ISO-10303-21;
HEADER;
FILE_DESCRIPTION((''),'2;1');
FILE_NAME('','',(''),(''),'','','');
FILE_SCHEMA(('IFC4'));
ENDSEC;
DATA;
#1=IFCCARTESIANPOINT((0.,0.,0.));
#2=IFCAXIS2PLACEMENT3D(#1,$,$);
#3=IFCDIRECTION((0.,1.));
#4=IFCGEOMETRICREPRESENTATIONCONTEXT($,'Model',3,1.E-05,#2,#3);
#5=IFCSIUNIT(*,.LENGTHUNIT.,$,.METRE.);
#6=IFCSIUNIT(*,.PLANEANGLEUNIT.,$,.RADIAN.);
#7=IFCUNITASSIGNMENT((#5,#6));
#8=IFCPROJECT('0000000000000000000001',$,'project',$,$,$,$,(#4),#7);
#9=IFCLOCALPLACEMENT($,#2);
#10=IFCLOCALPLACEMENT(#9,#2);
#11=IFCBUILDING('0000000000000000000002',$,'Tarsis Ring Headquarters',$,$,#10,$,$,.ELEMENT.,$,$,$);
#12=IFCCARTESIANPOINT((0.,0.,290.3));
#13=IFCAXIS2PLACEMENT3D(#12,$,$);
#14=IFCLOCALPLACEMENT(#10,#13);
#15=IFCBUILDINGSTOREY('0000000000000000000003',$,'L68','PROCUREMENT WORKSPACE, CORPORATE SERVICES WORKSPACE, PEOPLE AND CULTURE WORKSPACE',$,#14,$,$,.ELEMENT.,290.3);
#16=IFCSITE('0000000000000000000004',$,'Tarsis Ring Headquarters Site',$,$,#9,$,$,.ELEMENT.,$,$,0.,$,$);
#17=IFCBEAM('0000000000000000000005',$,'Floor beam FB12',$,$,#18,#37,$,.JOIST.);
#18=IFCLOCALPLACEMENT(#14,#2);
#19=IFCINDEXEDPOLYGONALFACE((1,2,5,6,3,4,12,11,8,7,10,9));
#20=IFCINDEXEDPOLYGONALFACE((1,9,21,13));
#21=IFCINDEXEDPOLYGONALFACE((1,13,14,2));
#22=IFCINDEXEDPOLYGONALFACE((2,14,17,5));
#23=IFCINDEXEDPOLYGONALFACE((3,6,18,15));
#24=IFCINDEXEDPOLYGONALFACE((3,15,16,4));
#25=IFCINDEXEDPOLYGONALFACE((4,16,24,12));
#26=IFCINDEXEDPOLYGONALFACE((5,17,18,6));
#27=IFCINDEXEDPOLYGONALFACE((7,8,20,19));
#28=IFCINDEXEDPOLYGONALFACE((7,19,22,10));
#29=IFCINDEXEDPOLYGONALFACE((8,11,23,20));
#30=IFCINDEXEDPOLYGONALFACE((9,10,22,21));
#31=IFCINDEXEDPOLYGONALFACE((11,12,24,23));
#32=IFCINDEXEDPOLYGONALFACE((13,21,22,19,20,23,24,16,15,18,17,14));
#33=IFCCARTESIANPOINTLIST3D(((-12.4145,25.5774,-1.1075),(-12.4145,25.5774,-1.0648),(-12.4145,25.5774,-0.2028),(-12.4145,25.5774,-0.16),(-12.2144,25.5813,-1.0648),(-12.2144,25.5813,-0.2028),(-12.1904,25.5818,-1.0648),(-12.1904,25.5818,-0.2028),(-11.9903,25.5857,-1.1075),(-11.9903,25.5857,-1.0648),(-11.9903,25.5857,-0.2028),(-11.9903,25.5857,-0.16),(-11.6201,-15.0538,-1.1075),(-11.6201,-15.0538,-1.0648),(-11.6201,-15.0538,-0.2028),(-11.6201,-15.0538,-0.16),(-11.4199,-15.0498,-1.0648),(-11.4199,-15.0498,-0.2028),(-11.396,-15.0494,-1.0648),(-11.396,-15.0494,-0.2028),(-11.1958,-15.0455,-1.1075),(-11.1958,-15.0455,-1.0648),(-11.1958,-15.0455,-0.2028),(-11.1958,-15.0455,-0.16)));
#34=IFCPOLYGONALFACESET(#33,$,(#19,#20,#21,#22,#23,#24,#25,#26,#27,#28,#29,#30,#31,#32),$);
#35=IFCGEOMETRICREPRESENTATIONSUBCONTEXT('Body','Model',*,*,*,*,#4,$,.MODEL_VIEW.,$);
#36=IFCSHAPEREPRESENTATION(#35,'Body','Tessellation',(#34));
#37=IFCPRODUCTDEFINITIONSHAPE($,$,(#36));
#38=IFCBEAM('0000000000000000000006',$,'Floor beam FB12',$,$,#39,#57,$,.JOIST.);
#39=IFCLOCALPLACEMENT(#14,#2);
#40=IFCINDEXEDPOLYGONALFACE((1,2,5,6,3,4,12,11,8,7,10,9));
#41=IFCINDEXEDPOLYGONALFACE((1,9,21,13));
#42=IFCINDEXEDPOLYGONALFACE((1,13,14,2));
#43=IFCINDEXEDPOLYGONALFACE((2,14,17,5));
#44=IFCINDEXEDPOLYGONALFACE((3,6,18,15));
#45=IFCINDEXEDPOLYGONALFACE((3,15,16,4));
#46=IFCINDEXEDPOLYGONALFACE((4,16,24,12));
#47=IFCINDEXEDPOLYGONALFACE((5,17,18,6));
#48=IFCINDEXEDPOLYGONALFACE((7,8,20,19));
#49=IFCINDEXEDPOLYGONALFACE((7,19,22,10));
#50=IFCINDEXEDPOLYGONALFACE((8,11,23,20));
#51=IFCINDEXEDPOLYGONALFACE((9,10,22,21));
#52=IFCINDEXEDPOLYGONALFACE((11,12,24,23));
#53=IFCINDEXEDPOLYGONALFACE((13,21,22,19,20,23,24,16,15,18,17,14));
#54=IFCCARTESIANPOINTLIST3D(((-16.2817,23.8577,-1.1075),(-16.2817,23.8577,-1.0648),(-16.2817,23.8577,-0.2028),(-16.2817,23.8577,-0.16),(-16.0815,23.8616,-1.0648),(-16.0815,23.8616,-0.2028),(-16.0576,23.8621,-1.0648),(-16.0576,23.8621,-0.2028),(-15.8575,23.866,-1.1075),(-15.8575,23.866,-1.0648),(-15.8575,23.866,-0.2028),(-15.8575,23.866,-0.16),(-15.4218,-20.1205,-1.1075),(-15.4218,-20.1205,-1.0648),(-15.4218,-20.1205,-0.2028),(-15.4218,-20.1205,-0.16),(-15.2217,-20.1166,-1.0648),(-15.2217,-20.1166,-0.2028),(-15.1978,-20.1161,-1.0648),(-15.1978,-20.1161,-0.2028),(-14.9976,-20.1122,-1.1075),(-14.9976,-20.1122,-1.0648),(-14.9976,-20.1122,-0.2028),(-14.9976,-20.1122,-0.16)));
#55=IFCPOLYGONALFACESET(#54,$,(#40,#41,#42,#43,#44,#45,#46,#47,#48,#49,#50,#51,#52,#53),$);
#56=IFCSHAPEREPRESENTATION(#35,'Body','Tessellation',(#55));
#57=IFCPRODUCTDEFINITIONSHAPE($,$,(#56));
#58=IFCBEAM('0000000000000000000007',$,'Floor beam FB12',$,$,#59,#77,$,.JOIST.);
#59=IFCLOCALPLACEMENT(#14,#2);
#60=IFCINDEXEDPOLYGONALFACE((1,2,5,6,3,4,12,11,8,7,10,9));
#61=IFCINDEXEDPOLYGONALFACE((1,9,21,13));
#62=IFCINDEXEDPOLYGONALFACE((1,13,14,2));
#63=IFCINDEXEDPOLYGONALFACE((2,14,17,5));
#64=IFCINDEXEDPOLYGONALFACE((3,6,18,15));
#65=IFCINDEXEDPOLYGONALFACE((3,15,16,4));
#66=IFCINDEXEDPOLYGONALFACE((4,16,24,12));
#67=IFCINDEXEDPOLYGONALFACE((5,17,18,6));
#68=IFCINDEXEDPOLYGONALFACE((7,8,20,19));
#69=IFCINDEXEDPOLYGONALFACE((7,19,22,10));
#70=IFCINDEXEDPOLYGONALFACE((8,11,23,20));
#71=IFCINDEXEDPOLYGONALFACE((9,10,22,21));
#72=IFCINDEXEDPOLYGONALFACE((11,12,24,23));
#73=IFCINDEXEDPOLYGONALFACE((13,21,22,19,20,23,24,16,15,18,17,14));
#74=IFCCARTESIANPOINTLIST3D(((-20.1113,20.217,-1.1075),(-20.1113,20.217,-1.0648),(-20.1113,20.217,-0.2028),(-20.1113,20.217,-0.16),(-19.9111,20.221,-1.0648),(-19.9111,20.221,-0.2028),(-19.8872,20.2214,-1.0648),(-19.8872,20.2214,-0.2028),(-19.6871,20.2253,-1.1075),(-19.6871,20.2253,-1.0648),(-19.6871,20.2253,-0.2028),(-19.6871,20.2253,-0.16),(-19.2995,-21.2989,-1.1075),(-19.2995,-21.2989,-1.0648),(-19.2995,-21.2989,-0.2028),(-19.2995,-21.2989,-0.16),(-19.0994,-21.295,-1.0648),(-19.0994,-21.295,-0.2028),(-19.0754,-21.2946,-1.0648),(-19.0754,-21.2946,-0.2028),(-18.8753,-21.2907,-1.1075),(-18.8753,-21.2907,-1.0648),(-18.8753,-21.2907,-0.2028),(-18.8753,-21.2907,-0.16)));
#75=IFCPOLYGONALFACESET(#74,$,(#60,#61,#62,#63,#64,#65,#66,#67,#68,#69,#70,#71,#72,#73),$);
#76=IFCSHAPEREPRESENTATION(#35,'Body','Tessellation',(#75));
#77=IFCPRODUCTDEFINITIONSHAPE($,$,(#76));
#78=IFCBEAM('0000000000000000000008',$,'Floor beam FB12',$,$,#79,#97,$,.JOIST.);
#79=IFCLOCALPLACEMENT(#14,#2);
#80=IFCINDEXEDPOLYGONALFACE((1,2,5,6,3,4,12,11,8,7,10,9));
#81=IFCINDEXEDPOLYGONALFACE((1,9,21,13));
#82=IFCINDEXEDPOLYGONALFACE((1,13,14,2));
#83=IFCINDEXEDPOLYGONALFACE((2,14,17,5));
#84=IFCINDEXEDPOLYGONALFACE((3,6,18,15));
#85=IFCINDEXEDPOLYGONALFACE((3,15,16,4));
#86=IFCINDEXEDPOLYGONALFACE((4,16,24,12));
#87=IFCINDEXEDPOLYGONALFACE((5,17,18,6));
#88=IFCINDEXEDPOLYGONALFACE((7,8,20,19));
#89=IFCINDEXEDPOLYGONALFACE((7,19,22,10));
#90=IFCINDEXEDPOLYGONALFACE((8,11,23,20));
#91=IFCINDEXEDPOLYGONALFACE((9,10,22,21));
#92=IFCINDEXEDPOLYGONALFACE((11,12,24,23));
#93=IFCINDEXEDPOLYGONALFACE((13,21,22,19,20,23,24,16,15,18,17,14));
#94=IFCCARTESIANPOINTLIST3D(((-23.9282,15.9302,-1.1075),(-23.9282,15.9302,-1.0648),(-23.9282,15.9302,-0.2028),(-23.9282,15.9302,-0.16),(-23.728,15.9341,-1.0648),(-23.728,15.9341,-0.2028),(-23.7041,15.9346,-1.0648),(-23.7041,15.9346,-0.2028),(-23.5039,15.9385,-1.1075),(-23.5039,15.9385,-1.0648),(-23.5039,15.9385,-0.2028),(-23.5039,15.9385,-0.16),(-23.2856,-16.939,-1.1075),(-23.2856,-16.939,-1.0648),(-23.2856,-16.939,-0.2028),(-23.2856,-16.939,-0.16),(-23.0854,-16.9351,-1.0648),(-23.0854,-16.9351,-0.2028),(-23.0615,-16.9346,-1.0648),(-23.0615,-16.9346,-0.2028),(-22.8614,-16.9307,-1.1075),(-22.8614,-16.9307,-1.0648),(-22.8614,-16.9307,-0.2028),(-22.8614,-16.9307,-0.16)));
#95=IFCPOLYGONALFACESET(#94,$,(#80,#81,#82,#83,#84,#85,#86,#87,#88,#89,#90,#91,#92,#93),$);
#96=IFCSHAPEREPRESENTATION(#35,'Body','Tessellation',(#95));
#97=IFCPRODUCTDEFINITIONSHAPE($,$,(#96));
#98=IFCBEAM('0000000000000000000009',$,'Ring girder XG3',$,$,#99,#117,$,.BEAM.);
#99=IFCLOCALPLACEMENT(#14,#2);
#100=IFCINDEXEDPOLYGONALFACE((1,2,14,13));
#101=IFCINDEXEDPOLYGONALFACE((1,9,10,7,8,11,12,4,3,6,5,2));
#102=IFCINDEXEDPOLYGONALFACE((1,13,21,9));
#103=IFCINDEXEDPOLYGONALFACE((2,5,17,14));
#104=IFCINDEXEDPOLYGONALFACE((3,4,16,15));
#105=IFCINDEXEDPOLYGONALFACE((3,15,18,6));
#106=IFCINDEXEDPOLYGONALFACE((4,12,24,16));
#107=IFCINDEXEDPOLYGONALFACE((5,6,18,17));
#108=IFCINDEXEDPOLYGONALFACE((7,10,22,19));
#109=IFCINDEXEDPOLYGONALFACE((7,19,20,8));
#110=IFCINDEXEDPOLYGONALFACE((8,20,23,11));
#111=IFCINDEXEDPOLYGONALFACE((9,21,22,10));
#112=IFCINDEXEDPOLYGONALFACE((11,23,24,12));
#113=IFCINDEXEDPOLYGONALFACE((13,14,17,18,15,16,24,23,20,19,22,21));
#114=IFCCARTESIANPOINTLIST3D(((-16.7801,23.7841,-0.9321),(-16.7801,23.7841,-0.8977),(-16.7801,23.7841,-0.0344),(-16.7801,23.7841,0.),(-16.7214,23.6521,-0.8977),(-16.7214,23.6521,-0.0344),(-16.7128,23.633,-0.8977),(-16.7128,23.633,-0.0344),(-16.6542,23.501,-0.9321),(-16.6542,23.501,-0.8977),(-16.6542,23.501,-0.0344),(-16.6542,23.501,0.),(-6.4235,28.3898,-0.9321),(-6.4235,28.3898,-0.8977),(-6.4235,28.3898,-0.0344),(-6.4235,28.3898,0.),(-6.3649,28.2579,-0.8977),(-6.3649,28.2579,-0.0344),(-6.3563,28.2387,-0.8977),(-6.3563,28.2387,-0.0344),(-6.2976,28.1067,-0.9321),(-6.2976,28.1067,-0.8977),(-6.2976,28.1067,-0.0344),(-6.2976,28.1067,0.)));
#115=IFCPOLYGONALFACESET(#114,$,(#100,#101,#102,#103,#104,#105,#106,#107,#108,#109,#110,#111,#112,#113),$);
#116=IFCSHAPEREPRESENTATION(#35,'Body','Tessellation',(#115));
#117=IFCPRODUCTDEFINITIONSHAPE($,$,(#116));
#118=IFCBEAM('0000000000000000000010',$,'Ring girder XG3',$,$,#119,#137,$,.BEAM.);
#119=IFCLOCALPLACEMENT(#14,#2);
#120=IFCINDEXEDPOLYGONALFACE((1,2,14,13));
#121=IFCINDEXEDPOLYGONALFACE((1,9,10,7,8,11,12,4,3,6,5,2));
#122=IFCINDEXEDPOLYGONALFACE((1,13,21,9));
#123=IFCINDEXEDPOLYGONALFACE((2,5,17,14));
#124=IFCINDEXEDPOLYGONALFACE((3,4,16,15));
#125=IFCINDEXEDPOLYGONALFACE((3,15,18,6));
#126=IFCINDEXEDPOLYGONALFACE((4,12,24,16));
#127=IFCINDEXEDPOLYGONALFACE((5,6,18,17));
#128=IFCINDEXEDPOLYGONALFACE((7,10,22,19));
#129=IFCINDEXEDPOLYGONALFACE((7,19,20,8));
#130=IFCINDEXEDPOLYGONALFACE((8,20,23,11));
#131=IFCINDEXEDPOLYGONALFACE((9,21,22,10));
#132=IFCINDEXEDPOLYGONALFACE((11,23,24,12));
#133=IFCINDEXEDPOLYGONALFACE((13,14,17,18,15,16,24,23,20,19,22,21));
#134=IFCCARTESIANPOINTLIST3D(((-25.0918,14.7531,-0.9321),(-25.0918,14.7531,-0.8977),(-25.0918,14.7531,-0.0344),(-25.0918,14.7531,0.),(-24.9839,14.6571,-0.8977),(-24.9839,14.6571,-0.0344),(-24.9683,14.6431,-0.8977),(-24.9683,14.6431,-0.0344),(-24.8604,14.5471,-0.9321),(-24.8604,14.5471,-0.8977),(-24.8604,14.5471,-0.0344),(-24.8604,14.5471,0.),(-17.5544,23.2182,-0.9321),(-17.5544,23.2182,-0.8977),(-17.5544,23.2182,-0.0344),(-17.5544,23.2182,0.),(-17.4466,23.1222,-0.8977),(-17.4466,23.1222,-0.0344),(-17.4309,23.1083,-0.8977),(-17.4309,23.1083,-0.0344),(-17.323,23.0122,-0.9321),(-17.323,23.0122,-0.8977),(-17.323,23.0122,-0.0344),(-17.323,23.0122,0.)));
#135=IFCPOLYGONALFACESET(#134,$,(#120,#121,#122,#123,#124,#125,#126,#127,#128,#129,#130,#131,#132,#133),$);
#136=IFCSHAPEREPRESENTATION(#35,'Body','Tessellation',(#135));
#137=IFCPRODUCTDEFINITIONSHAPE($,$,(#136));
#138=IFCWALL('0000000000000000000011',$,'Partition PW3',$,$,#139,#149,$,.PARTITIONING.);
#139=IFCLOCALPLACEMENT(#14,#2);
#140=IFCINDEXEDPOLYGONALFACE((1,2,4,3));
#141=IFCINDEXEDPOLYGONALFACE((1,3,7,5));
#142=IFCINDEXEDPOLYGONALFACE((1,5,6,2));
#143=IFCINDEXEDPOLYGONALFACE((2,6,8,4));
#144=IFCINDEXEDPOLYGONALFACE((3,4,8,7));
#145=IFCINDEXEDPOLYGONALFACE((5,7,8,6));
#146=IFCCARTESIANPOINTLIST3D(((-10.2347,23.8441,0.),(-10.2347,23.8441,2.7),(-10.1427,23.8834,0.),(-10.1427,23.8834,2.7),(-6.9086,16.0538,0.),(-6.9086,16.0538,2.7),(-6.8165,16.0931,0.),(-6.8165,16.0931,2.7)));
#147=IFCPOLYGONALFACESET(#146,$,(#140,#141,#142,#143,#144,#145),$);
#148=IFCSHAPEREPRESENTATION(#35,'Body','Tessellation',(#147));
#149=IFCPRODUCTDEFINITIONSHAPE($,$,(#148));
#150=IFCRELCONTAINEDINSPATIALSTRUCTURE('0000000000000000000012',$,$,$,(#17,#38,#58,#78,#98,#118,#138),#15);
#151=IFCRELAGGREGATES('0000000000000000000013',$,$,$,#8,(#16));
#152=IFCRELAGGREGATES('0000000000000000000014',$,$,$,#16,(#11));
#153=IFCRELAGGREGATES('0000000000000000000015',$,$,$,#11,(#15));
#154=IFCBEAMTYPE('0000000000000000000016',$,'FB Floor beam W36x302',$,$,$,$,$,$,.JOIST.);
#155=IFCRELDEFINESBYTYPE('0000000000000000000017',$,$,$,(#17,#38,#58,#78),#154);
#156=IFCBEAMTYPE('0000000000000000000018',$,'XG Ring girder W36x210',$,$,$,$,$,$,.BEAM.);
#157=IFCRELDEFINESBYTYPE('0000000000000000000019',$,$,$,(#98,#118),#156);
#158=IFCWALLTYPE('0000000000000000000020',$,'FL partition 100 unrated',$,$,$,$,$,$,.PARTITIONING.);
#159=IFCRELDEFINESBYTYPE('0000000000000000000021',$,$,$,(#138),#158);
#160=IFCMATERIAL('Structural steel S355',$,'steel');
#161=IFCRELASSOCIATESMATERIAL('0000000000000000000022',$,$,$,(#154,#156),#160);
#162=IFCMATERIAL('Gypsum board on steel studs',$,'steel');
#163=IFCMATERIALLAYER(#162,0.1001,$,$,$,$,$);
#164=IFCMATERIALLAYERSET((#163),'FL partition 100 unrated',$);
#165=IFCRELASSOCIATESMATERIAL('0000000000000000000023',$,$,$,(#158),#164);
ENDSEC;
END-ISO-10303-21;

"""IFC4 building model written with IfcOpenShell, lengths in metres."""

from ifc_helpers import new_model, si_unit, direction, frame, frame_2d, origin, origin_2d, place, context, subcontext, project, spatial, rectangle, i_section, extrude, material, layer, layer_set, material_profile, profile_set, type_object, element, save


model = new_model("IFC4")

# Units and contexts
model_context = context("Model", 3, precision=1e-05, world=origin(), true_north=direction((0.0, 1.0)))
body_context = subcontext(model_context, "Body", "Model", "MODEL_VIEW")
ifc_project = project(units=[si_unit("LENGTHUNIT", "METRE"), si_unit("PLANEANGLEUNIT", "RADIAN")], contexts=[model_context])

# Site, building, storey
site_placement = place(None, origin())
site = spatial("IfcSite", under=ifc_project, at=site_placement, Name="Tarsis Ring Headquarters Site", CompositionType="ELEMENT", RefElevation=0.0)
building_placement = place(site_placement, origin())
building = spatial("IfcBuilding", under=site, at=building_placement, Name="Tarsis Ring Headquarters", CompositionType="ELEMENT")
storey_placement = place(building_placement, frame((0.0, 0.0, 290.3)))
storey = spatial("IfcBuildingStorey", under=building, at=storey_placement, Name="L68", Description="PROCUREMENT WORKSPACE, CORPORATE SERVICES WORKSPACE, PEOPLE AND CULTURE WORKSPACE", CompositionType="ELEMENT", Elevation=290.3)

# Shared definitions
ifc_material_1 = material(Name="Structural steel S355", Category="steel")

# Beams
ifc_material_profile_1 = material_profile(ifc_material_1, i_section(OverallWidth=0.4243, OverallDepth=0.9475, WebThickness=0.0239, FlangeThickness=0.0427, at=origin_2d()), Name="W36x302")
ifc_profile_set_1 = profile_set([ifc_material_profile_1], Name="Structural steel S355")
beam_type_1 = type_object("IfcBeamType", Name="FB Floor beam W36x302", PredefinedType="JOIST", material=ifc_profile_set_1)
beam_1_placement = place(storey_placement, frame((-12.2024, 25.5815, -0.6338), z_axis=(0.019549, -0.999809, 0.0), x_axis=(0.999809, 0.019549, 0.0)))
element("IfcBeam", 1, at=beam_1_placement, inside=storey, type_object=beam_type_1, Name="Floor beam FB12", PredefinedType="JOIST", context=body_context, shape_type="SweptSolid", body=[
    extrude(i_section(OverallWidth=0.4243, OverallDepth=0.9475, WebThickness=0.0239, FlangeThickness=0.0427, at=origin_2d()), origin(), (0.0, 0.0, 1.0), 40.6389),
])
beam_2_placement = place(storey_placement, frame((-16.0696, 23.8618, -0.6338), z_axis=(0.019548, -0.999809, 0.0), x_axis=(0.999809, 0.019548, 0.0)))
element("IfcBeam", 2, at=beam_2_placement, inside=storey, type_object=beam_type_1, Name="Floor beam FB12", PredefinedType="JOIST", context=body_context, shape_type="SweptSolid", body=[
    extrude(i_section(OverallWidth=0.4243, OverallDepth=0.9475, WebThickness=0.0239, FlangeThickness=0.0427, at=origin_2d()), origin(), (0.0, 0.0, 1.0), 43.9866),
])
beam_3_placement = place(storey_placement, frame((-19.8992, 20.2212, -0.6338), z_axis=(0.019549, -0.999809, 0.0), x_axis=(0.999809, 0.019549, 0.0)))
element("IfcBeam", 3, at=beam_3_placement, inside=storey, type_object=beam_type_1, Name="Floor beam FB12", PredefinedType="JOIST", context=body_context, shape_type="SweptSolid", body=[
    extrude(i_section(OverallWidth=0.4243, OverallDepth=0.9475, WebThickness=0.0239, FlangeThickness=0.0427, at=origin_2d()), origin(), (0.0, 0.0, 1.0), 41.5239),
])
beam_4_placement = place(storey_placement, frame((-23.7161, 15.9343, -0.6338), z_axis=(0.019546, -0.999809, 0.0), x_axis=(0.999809, 0.019546, 0.0)))
element("IfcBeam", 4, at=beam_4_placement, inside=storey, type_object=beam_type_1, Name="Floor beam FB12", PredefinedType="JOIST", context=body_context, shape_type="SweptSolid", body=[
    extrude(i_section(OverallWidth=0.4243, OverallDepth=0.9475, WebThickness=0.0239, FlangeThickness=0.0427, at=origin_2d()), origin(), (0.0, 0.0, 1.0), 32.8755),
])
ifc_material_profile_2 = material_profile(ifc_material_1, i_section(OverallWidth=0.3098, OverallDepth=0.9321, WebThickness=0.021, FlangeThickness=0.0344, at=origin_2d()), Name="W36x210")
ifc_profile_set_2 = profile_set([ifc_material_profile_2], Name="Structural steel S355")
beam_type_2 = type_object("IfcBeamType", Name="XG Ring girder W36x210", PredefinedType="BEAM", material=ifc_profile_set_2)
for number, where, z_axis, x_axis, name in (
    (5, (-6.3606, 28.2483, -0.4661), (-0.913718, -0.406348, 0.0), (0.406348, -0.913718, 0.0), "Ring girder XG3"),
    (6, (-17.4387, 23.1152, -0.4661), (-0.664996, -0.746847, 0.0), (0.746847, -0.664996, 0.0), "Ring girder XG3"),
):
    element("IfcBeam", number, at=place(storey_placement, frame(where, z_axis=z_axis, x_axis=x_axis)), inside=storey, type_object=beam_type_2, Name=name, PredefinedType="BEAM", context=body_context, shape_type="SweptSolid", body=[
        extrude(i_section(OverallWidth=0.3098, OverallDepth=0.9321, WebThickness=0.021, FlangeThickness=0.0344, at=origin_2d()), origin(), (0.0, 0.0, 1.0), 11.3345),
    ])

# Wall
ifc_material_2 = material(Name="Gypsum board on steel studs", Category="steel")
ifc_layer_1 = layer(ifc_material_2, 0.1001)
ifc_layer_set_1 = layer_set([ifc_layer_1], Name="FL partition 100 unrated")
wall_type_1 = type_object("IfcWallType", Name="FL partition 100 unrated", PredefinedType="PARTITIONING", material=ifc_layer_set_1)
wall_1_placement = place(storey_placement, frame((-10.1887, 23.8638, 0.0), z_axis=(0.0, 0.0, 1.0), x_axis=(0.39267, -0.919679, 0.0)))
element("IfcWall", 7, at=wall_1_placement, inside=storey, type_object=wall_type_1, Name="Partition PW3", PredefinedType="PARTITIONING", context=body_context, shape_type="SweptSolid", body=[
    extrude(rectangle(XDim=8.4707, YDim=0.1001, at=frame_2d((4.2354, 0.0))), origin(), (0.0, 0.0, 1.0), 2.7),
])

save(model, "model.ifc")
